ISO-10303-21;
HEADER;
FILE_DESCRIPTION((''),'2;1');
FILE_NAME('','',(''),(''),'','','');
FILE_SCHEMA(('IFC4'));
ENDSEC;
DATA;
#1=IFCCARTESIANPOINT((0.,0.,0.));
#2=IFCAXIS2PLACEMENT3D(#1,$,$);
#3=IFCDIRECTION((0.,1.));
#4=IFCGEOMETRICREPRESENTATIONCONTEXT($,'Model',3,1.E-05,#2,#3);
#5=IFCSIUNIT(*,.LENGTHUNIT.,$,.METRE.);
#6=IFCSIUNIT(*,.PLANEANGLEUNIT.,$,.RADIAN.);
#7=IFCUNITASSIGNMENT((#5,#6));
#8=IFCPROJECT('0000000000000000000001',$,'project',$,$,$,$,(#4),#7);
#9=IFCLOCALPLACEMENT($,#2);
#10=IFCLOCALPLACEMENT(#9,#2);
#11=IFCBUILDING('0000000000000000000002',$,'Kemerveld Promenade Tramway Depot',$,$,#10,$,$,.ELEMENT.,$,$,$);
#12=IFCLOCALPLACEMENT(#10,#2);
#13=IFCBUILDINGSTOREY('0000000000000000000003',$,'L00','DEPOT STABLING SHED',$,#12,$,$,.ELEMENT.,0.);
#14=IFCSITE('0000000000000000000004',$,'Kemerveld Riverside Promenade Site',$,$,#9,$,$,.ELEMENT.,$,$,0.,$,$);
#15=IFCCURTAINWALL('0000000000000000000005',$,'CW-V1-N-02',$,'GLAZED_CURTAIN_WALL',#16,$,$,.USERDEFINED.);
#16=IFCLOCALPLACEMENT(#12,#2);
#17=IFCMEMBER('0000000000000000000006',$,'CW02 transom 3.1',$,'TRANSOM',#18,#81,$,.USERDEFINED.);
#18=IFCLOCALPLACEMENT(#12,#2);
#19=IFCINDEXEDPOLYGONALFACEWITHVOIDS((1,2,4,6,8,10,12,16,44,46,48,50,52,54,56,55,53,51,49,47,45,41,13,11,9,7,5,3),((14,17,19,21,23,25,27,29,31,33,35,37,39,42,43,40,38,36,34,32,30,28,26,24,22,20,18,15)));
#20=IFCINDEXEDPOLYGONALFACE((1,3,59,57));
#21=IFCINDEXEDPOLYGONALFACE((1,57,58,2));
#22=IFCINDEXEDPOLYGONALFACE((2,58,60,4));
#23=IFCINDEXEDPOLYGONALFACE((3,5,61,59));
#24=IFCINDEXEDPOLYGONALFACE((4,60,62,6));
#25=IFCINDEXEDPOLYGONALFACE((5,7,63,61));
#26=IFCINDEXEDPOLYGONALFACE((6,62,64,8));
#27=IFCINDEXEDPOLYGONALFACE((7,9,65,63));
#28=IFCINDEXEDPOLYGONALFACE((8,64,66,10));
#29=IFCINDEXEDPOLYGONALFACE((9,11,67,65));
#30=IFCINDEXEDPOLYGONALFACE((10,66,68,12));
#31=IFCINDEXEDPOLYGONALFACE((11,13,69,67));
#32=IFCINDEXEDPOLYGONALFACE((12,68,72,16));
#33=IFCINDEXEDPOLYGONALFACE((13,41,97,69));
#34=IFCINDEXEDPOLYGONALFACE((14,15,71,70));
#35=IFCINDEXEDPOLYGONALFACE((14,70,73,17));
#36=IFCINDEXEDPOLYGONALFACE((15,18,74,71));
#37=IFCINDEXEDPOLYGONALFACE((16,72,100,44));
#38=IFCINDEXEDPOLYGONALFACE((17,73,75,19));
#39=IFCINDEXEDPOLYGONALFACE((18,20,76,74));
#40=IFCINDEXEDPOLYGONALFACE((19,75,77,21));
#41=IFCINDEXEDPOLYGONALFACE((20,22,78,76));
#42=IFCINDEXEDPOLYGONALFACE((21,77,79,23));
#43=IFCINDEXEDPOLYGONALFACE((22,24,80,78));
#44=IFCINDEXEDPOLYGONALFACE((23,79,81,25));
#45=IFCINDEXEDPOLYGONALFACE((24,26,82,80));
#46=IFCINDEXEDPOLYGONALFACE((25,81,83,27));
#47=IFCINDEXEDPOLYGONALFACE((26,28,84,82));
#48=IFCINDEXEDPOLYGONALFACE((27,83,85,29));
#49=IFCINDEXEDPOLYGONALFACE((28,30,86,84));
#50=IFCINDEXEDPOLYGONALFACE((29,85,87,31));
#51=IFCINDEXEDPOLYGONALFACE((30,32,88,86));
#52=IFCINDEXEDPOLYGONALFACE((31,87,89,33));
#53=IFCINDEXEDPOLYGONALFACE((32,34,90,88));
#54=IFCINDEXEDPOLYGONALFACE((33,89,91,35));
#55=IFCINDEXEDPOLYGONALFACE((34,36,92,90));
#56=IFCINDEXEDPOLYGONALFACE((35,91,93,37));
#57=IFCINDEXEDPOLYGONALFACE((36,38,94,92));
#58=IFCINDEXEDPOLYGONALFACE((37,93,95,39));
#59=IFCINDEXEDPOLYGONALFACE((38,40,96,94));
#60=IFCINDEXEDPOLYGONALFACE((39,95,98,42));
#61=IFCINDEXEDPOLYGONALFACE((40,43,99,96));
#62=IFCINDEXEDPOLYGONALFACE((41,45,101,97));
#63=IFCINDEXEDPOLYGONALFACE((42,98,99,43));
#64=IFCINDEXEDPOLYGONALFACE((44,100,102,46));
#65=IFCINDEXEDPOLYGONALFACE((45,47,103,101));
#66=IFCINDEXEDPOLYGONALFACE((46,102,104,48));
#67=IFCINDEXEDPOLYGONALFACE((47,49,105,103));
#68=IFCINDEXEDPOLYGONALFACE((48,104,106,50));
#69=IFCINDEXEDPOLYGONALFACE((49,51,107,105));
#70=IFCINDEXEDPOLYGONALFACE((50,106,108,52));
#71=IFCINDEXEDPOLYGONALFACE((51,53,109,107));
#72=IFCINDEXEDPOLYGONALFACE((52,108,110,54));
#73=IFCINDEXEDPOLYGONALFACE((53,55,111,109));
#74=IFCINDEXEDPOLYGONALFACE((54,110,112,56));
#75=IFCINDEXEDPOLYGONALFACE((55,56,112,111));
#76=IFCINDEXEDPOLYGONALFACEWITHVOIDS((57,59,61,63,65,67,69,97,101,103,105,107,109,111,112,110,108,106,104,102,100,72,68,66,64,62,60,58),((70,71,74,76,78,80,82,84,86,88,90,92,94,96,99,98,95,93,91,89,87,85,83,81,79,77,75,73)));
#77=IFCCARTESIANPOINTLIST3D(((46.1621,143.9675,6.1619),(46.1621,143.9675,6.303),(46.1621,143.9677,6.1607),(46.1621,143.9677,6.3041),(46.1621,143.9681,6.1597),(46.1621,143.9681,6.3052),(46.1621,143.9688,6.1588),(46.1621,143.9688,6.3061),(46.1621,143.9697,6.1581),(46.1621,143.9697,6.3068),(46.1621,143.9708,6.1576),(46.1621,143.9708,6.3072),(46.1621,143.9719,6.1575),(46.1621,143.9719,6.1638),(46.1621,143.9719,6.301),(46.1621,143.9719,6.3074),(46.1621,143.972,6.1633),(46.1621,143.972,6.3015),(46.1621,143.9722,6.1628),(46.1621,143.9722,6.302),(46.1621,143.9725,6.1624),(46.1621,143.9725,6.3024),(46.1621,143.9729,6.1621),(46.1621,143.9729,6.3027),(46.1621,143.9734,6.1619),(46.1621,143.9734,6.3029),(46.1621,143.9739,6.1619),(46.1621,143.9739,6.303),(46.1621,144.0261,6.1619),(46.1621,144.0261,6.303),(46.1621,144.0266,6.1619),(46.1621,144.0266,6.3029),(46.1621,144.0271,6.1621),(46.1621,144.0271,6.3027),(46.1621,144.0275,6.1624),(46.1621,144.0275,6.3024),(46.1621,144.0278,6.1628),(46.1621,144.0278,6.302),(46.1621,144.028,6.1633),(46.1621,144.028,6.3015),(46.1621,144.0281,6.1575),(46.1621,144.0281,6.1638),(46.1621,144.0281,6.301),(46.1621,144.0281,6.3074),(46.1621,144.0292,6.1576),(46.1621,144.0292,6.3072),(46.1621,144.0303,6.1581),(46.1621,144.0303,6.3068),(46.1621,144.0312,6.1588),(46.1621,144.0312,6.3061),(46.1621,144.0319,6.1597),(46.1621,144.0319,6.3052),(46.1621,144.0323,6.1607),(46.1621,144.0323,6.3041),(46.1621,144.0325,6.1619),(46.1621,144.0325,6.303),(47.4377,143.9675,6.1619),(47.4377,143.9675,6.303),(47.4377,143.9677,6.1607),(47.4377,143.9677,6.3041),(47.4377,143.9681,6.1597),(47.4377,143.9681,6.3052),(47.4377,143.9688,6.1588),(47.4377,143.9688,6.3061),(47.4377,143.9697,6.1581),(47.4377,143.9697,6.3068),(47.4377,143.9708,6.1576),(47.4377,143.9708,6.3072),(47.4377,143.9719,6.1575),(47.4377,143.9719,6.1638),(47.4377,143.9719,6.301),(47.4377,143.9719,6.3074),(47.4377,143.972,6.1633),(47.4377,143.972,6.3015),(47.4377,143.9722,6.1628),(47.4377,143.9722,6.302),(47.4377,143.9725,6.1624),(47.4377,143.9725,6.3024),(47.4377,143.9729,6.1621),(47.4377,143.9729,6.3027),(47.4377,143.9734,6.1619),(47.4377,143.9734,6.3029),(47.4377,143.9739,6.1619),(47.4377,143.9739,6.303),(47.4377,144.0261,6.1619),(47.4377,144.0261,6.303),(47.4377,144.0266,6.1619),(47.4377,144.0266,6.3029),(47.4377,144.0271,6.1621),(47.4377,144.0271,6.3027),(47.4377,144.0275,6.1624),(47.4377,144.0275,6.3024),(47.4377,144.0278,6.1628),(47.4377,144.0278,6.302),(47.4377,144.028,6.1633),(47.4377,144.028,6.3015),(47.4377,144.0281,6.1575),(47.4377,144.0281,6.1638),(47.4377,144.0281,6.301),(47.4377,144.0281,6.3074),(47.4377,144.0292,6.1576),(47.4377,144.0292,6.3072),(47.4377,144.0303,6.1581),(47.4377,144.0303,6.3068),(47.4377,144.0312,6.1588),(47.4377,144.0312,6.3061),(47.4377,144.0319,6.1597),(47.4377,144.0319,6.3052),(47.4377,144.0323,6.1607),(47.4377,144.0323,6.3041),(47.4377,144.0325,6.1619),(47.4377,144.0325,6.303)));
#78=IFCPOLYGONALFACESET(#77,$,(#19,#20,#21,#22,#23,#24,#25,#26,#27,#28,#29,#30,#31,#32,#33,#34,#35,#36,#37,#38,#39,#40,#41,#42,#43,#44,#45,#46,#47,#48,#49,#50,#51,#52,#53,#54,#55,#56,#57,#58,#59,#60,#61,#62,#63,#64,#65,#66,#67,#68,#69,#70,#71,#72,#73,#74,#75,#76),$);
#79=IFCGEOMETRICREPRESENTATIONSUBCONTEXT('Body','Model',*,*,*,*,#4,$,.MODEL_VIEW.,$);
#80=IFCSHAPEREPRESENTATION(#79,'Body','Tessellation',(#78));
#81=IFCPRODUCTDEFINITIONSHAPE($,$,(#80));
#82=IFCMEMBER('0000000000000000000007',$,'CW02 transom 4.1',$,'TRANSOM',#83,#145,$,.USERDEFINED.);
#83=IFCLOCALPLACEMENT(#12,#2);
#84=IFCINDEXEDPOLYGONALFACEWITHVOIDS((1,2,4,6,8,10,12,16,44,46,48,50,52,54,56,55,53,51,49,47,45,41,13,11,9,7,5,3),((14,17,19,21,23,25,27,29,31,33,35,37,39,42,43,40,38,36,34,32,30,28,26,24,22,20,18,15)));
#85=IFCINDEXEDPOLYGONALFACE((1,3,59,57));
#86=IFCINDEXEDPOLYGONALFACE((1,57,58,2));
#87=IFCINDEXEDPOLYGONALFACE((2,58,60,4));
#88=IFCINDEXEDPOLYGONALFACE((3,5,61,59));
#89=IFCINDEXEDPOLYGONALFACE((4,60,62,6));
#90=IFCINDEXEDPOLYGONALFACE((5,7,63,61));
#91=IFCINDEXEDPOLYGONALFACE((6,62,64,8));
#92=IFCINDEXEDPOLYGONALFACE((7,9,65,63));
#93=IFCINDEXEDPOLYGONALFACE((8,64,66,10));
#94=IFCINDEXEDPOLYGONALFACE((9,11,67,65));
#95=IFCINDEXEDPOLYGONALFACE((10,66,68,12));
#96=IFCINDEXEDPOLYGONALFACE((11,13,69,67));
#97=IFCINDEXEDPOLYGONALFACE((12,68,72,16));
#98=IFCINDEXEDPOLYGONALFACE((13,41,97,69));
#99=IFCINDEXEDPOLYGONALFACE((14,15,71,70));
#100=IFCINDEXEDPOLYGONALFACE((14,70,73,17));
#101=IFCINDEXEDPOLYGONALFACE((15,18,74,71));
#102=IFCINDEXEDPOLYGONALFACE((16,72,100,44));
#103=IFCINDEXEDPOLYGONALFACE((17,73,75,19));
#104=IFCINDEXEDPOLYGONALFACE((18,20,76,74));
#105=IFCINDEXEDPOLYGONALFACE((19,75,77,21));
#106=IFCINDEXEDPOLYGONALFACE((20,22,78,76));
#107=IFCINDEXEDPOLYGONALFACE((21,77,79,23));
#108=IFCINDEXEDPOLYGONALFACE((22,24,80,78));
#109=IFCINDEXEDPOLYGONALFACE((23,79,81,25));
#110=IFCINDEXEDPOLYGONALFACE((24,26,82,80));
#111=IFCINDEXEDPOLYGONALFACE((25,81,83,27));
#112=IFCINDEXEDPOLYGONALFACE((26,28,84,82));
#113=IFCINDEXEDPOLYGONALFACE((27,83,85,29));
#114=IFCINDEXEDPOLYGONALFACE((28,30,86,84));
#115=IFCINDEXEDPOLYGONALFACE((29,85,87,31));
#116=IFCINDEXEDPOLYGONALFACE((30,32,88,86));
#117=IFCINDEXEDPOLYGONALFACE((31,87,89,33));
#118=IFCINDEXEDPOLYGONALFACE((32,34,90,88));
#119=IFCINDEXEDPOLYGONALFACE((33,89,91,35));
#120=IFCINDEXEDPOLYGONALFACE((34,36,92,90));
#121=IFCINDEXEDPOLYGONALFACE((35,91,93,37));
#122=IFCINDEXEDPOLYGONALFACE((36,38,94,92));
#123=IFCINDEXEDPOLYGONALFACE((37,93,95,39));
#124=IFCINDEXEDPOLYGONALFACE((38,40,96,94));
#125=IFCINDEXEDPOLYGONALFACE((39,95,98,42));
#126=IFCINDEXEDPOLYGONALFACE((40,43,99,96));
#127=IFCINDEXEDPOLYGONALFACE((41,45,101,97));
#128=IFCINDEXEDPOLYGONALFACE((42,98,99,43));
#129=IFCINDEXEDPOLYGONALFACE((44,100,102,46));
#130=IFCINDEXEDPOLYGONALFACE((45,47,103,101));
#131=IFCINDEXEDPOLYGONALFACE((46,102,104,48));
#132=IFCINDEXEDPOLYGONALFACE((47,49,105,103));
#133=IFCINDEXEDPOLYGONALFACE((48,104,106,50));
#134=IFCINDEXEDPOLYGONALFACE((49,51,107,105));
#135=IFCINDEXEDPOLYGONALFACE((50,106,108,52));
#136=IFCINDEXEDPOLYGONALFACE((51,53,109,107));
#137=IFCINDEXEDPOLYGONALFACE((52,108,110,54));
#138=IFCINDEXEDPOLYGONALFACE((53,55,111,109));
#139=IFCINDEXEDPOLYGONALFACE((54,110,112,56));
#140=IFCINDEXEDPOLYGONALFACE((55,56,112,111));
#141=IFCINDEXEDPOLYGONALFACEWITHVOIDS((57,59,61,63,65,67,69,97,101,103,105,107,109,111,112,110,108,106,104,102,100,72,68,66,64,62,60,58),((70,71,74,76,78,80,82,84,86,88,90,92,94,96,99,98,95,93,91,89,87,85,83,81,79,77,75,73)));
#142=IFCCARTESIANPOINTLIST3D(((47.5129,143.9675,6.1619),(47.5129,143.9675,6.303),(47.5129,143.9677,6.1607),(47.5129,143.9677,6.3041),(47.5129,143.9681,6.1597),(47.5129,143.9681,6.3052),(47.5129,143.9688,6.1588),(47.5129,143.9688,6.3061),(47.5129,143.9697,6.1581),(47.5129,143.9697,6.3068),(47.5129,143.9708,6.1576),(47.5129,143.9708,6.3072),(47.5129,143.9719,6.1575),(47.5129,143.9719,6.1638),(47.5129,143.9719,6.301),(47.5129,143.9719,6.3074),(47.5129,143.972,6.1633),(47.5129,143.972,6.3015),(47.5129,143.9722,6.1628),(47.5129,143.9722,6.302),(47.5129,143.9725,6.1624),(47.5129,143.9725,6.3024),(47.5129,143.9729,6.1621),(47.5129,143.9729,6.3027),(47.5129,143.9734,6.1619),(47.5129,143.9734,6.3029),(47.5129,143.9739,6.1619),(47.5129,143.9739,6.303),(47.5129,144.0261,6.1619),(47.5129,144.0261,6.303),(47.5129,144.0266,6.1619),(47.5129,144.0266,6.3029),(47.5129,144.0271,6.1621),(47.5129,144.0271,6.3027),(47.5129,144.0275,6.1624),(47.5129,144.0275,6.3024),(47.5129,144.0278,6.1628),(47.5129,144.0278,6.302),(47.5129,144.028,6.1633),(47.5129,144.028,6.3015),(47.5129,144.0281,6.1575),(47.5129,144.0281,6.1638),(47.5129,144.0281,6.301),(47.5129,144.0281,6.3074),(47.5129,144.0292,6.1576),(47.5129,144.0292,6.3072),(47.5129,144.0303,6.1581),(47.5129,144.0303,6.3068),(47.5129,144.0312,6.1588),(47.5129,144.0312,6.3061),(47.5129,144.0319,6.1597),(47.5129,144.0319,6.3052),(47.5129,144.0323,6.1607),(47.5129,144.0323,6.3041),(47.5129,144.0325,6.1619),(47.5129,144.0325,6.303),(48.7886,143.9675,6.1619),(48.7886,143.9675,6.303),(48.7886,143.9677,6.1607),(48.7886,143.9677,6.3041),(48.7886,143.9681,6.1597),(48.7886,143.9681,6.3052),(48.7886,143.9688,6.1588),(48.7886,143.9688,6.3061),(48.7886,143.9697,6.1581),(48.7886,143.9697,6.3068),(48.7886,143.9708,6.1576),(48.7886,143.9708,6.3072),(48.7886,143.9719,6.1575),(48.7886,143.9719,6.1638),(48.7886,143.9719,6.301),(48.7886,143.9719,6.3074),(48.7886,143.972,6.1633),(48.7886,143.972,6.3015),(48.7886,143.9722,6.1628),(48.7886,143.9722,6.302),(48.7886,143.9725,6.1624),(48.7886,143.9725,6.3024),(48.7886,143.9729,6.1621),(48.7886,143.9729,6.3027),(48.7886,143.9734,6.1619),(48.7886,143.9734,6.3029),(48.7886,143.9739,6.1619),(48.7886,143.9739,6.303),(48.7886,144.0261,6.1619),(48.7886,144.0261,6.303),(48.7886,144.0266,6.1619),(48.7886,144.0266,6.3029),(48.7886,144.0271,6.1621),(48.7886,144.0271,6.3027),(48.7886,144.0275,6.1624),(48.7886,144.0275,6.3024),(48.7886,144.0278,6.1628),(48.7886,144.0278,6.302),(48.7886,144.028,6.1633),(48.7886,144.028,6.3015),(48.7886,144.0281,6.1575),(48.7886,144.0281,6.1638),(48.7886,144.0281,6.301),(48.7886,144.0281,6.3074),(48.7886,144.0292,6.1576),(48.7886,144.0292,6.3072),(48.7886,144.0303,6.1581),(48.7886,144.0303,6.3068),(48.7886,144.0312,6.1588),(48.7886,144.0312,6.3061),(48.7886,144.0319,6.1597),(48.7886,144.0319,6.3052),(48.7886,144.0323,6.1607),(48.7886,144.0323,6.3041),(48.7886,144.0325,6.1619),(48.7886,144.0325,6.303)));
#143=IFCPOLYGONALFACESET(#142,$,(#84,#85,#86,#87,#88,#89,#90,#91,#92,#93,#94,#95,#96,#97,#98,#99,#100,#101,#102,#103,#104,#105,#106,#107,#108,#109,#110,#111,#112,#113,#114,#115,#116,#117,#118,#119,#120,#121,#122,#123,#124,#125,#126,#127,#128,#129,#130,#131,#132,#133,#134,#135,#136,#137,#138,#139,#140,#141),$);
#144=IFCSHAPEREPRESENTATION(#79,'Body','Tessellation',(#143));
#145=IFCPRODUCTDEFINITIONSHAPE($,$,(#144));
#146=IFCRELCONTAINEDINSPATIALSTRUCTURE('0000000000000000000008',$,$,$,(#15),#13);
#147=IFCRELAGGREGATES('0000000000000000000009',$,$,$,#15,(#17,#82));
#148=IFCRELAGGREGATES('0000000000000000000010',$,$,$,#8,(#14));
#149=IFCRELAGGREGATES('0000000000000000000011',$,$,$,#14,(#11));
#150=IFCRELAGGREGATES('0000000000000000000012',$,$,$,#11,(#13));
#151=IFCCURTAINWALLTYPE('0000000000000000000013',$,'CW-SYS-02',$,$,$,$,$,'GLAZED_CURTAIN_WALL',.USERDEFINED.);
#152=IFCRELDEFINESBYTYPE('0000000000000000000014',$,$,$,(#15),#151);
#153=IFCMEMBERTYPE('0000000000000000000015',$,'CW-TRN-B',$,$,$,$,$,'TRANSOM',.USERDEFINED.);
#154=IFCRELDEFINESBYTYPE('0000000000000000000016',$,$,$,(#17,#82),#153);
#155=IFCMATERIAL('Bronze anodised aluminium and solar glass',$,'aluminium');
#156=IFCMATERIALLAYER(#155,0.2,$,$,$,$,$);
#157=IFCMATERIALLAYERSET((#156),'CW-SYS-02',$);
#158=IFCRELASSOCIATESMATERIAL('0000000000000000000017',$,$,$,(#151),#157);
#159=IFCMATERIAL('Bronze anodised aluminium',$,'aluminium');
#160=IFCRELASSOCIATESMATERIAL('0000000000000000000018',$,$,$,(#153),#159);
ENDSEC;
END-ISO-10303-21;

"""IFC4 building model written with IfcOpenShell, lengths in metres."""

from ifc_helpers import new_model, si_unit, direction, frame, origin, origin_2d, place, context, subcontext, project, spatial, hollow_rectangle, extrude, material, layer, layer_set, material_profile, profile_set, type_object, element, aggregate, save


model = new_model("IFC4")

# Units and contexts
model_context = context("Model", 3, precision=1e-05, world=origin(), true_north=direction((0.0, 1.0)))
body_context = subcontext(model_context, "Body", "Model", "MODEL_VIEW")
ifc_project = project(units=[si_unit("LENGTHUNIT", "METRE"), si_unit("PLANEANGLEUNIT", "RADIAN")], contexts=[model_context])

# Site, building, storey
site_placement = place(None, origin())
site = spatial("IfcSite", under=ifc_project, at=site_placement, Name="Kemerveld Riverside Promenade Site", CompositionType="ELEMENT", RefElevation=0.0)
building_placement = place(site_placement, origin())
building = spatial("IfcBuilding", under=site, at=building_placement, Name="Kemerveld Promenade Tramway Depot", CompositionType="ELEMENT")
storey_placement = place(building_placement, origin())
storey = spatial("IfcBuildingStorey", under=building, at=storey_placement, Name="L00", Description="DEPOT STABLING SHED", CompositionType="ELEMENT", Elevation=0.0)

# Shared definitions
ifc_material_1 = material(Name="Bronze anodised aluminium and solar glass", Category="aluminium")
ifc_material_2 = material(Name="Bronze anodised aluminium", Category="aluminium")

# Curtain wall
ifc_layer_1 = layer(ifc_material_1, 0.2)
ifc_layer_set_1 = layer_set([ifc_layer_1], Name="CW-SYS-02")
curtain_wall_type_1 = type_object("IfcCurtainWallType", Name="CW-SYS-02", ElementType="GLAZED_CURTAIN_WALL", PredefinedType="USERDEFINED", material=ifc_layer_set_1)
curtain_wall_1_placement = place(storey_placement, origin())
curtain_wall_1 = element("IfcCurtainWall", 1, at=curtain_wall_1_placement, inside=storey, type_object=curtain_wall_type_1, Name="CW-V1-N-02", ObjectType="GLAZED_CURTAIN_WALL", PredefinedType="USERDEFINED")

# Members
ifc_material_profile_1 = material_profile(ifc_material_2, hollow_rectangle(XDim=0.0649, YDim=0.1499, WallThickness=0.0044, InnerFilletRadius=0.002, OuterFilletRadius=0.0044, at=origin_2d()), Name="CW-TRN-150x65")
ifc_profile_set_1 = profile_set([ifc_material_profile_1], Name="Bronze anodised aluminium")
member_type_1 = type_object("IfcMemberType", Name="CW-TRN-B", ElementType="TRANSOM", PredefinedType="USERDEFINED", material=ifc_profile_set_1)
member_1_placement = place(storey_placement, frame((46.1621, 144.0, 6.2324), z_axis=(1.0, 0.0, 0.0), x_axis=(0.0, 1.0, 0.0)))
member_1 = element("IfcMember", 2, at=member_1_placement, type_object=member_type_1, Name="CW02 transom 3.1", ObjectType="TRANSOM", PredefinedType="USERDEFINED", context=body_context, shape_type="SweptSolid", body=[
    extrude(hollow_rectangle(XDim=0.0649, YDim=0.1499, WallThickness=0.0044, InnerFilletRadius=0.002, OuterFilletRadius=0.0044, at=origin_2d()), origin(), (0.0, 0.0, 1.0), 1.2756),
])
member_2_placement = place(storey_placement, frame((47.5129, 144.0, 6.2324), z_axis=(1.0, 0.0, 0.0), x_axis=(0.0, 1.0, 0.0)))
member_2 = element("IfcMember", 3, at=member_2_placement, type_object=member_type_1, Name="CW02 transom 4.1", ObjectType="TRANSOM", PredefinedType="USERDEFINED", context=body_context, shape_type="SweptSolid", body=[
    extrude(hollow_rectangle(XDim=0.0649, YDim=0.1499, WallThickness=0.0044, InnerFilletRadius=0.002, OuterFilletRadius=0.0044, at=origin_2d()), origin(), (0.0, 0.0, 1.0), 1.2756),
])

aggregate(curtain_wall_1, [member_1, member_2])

save(model, "model.ifc")
